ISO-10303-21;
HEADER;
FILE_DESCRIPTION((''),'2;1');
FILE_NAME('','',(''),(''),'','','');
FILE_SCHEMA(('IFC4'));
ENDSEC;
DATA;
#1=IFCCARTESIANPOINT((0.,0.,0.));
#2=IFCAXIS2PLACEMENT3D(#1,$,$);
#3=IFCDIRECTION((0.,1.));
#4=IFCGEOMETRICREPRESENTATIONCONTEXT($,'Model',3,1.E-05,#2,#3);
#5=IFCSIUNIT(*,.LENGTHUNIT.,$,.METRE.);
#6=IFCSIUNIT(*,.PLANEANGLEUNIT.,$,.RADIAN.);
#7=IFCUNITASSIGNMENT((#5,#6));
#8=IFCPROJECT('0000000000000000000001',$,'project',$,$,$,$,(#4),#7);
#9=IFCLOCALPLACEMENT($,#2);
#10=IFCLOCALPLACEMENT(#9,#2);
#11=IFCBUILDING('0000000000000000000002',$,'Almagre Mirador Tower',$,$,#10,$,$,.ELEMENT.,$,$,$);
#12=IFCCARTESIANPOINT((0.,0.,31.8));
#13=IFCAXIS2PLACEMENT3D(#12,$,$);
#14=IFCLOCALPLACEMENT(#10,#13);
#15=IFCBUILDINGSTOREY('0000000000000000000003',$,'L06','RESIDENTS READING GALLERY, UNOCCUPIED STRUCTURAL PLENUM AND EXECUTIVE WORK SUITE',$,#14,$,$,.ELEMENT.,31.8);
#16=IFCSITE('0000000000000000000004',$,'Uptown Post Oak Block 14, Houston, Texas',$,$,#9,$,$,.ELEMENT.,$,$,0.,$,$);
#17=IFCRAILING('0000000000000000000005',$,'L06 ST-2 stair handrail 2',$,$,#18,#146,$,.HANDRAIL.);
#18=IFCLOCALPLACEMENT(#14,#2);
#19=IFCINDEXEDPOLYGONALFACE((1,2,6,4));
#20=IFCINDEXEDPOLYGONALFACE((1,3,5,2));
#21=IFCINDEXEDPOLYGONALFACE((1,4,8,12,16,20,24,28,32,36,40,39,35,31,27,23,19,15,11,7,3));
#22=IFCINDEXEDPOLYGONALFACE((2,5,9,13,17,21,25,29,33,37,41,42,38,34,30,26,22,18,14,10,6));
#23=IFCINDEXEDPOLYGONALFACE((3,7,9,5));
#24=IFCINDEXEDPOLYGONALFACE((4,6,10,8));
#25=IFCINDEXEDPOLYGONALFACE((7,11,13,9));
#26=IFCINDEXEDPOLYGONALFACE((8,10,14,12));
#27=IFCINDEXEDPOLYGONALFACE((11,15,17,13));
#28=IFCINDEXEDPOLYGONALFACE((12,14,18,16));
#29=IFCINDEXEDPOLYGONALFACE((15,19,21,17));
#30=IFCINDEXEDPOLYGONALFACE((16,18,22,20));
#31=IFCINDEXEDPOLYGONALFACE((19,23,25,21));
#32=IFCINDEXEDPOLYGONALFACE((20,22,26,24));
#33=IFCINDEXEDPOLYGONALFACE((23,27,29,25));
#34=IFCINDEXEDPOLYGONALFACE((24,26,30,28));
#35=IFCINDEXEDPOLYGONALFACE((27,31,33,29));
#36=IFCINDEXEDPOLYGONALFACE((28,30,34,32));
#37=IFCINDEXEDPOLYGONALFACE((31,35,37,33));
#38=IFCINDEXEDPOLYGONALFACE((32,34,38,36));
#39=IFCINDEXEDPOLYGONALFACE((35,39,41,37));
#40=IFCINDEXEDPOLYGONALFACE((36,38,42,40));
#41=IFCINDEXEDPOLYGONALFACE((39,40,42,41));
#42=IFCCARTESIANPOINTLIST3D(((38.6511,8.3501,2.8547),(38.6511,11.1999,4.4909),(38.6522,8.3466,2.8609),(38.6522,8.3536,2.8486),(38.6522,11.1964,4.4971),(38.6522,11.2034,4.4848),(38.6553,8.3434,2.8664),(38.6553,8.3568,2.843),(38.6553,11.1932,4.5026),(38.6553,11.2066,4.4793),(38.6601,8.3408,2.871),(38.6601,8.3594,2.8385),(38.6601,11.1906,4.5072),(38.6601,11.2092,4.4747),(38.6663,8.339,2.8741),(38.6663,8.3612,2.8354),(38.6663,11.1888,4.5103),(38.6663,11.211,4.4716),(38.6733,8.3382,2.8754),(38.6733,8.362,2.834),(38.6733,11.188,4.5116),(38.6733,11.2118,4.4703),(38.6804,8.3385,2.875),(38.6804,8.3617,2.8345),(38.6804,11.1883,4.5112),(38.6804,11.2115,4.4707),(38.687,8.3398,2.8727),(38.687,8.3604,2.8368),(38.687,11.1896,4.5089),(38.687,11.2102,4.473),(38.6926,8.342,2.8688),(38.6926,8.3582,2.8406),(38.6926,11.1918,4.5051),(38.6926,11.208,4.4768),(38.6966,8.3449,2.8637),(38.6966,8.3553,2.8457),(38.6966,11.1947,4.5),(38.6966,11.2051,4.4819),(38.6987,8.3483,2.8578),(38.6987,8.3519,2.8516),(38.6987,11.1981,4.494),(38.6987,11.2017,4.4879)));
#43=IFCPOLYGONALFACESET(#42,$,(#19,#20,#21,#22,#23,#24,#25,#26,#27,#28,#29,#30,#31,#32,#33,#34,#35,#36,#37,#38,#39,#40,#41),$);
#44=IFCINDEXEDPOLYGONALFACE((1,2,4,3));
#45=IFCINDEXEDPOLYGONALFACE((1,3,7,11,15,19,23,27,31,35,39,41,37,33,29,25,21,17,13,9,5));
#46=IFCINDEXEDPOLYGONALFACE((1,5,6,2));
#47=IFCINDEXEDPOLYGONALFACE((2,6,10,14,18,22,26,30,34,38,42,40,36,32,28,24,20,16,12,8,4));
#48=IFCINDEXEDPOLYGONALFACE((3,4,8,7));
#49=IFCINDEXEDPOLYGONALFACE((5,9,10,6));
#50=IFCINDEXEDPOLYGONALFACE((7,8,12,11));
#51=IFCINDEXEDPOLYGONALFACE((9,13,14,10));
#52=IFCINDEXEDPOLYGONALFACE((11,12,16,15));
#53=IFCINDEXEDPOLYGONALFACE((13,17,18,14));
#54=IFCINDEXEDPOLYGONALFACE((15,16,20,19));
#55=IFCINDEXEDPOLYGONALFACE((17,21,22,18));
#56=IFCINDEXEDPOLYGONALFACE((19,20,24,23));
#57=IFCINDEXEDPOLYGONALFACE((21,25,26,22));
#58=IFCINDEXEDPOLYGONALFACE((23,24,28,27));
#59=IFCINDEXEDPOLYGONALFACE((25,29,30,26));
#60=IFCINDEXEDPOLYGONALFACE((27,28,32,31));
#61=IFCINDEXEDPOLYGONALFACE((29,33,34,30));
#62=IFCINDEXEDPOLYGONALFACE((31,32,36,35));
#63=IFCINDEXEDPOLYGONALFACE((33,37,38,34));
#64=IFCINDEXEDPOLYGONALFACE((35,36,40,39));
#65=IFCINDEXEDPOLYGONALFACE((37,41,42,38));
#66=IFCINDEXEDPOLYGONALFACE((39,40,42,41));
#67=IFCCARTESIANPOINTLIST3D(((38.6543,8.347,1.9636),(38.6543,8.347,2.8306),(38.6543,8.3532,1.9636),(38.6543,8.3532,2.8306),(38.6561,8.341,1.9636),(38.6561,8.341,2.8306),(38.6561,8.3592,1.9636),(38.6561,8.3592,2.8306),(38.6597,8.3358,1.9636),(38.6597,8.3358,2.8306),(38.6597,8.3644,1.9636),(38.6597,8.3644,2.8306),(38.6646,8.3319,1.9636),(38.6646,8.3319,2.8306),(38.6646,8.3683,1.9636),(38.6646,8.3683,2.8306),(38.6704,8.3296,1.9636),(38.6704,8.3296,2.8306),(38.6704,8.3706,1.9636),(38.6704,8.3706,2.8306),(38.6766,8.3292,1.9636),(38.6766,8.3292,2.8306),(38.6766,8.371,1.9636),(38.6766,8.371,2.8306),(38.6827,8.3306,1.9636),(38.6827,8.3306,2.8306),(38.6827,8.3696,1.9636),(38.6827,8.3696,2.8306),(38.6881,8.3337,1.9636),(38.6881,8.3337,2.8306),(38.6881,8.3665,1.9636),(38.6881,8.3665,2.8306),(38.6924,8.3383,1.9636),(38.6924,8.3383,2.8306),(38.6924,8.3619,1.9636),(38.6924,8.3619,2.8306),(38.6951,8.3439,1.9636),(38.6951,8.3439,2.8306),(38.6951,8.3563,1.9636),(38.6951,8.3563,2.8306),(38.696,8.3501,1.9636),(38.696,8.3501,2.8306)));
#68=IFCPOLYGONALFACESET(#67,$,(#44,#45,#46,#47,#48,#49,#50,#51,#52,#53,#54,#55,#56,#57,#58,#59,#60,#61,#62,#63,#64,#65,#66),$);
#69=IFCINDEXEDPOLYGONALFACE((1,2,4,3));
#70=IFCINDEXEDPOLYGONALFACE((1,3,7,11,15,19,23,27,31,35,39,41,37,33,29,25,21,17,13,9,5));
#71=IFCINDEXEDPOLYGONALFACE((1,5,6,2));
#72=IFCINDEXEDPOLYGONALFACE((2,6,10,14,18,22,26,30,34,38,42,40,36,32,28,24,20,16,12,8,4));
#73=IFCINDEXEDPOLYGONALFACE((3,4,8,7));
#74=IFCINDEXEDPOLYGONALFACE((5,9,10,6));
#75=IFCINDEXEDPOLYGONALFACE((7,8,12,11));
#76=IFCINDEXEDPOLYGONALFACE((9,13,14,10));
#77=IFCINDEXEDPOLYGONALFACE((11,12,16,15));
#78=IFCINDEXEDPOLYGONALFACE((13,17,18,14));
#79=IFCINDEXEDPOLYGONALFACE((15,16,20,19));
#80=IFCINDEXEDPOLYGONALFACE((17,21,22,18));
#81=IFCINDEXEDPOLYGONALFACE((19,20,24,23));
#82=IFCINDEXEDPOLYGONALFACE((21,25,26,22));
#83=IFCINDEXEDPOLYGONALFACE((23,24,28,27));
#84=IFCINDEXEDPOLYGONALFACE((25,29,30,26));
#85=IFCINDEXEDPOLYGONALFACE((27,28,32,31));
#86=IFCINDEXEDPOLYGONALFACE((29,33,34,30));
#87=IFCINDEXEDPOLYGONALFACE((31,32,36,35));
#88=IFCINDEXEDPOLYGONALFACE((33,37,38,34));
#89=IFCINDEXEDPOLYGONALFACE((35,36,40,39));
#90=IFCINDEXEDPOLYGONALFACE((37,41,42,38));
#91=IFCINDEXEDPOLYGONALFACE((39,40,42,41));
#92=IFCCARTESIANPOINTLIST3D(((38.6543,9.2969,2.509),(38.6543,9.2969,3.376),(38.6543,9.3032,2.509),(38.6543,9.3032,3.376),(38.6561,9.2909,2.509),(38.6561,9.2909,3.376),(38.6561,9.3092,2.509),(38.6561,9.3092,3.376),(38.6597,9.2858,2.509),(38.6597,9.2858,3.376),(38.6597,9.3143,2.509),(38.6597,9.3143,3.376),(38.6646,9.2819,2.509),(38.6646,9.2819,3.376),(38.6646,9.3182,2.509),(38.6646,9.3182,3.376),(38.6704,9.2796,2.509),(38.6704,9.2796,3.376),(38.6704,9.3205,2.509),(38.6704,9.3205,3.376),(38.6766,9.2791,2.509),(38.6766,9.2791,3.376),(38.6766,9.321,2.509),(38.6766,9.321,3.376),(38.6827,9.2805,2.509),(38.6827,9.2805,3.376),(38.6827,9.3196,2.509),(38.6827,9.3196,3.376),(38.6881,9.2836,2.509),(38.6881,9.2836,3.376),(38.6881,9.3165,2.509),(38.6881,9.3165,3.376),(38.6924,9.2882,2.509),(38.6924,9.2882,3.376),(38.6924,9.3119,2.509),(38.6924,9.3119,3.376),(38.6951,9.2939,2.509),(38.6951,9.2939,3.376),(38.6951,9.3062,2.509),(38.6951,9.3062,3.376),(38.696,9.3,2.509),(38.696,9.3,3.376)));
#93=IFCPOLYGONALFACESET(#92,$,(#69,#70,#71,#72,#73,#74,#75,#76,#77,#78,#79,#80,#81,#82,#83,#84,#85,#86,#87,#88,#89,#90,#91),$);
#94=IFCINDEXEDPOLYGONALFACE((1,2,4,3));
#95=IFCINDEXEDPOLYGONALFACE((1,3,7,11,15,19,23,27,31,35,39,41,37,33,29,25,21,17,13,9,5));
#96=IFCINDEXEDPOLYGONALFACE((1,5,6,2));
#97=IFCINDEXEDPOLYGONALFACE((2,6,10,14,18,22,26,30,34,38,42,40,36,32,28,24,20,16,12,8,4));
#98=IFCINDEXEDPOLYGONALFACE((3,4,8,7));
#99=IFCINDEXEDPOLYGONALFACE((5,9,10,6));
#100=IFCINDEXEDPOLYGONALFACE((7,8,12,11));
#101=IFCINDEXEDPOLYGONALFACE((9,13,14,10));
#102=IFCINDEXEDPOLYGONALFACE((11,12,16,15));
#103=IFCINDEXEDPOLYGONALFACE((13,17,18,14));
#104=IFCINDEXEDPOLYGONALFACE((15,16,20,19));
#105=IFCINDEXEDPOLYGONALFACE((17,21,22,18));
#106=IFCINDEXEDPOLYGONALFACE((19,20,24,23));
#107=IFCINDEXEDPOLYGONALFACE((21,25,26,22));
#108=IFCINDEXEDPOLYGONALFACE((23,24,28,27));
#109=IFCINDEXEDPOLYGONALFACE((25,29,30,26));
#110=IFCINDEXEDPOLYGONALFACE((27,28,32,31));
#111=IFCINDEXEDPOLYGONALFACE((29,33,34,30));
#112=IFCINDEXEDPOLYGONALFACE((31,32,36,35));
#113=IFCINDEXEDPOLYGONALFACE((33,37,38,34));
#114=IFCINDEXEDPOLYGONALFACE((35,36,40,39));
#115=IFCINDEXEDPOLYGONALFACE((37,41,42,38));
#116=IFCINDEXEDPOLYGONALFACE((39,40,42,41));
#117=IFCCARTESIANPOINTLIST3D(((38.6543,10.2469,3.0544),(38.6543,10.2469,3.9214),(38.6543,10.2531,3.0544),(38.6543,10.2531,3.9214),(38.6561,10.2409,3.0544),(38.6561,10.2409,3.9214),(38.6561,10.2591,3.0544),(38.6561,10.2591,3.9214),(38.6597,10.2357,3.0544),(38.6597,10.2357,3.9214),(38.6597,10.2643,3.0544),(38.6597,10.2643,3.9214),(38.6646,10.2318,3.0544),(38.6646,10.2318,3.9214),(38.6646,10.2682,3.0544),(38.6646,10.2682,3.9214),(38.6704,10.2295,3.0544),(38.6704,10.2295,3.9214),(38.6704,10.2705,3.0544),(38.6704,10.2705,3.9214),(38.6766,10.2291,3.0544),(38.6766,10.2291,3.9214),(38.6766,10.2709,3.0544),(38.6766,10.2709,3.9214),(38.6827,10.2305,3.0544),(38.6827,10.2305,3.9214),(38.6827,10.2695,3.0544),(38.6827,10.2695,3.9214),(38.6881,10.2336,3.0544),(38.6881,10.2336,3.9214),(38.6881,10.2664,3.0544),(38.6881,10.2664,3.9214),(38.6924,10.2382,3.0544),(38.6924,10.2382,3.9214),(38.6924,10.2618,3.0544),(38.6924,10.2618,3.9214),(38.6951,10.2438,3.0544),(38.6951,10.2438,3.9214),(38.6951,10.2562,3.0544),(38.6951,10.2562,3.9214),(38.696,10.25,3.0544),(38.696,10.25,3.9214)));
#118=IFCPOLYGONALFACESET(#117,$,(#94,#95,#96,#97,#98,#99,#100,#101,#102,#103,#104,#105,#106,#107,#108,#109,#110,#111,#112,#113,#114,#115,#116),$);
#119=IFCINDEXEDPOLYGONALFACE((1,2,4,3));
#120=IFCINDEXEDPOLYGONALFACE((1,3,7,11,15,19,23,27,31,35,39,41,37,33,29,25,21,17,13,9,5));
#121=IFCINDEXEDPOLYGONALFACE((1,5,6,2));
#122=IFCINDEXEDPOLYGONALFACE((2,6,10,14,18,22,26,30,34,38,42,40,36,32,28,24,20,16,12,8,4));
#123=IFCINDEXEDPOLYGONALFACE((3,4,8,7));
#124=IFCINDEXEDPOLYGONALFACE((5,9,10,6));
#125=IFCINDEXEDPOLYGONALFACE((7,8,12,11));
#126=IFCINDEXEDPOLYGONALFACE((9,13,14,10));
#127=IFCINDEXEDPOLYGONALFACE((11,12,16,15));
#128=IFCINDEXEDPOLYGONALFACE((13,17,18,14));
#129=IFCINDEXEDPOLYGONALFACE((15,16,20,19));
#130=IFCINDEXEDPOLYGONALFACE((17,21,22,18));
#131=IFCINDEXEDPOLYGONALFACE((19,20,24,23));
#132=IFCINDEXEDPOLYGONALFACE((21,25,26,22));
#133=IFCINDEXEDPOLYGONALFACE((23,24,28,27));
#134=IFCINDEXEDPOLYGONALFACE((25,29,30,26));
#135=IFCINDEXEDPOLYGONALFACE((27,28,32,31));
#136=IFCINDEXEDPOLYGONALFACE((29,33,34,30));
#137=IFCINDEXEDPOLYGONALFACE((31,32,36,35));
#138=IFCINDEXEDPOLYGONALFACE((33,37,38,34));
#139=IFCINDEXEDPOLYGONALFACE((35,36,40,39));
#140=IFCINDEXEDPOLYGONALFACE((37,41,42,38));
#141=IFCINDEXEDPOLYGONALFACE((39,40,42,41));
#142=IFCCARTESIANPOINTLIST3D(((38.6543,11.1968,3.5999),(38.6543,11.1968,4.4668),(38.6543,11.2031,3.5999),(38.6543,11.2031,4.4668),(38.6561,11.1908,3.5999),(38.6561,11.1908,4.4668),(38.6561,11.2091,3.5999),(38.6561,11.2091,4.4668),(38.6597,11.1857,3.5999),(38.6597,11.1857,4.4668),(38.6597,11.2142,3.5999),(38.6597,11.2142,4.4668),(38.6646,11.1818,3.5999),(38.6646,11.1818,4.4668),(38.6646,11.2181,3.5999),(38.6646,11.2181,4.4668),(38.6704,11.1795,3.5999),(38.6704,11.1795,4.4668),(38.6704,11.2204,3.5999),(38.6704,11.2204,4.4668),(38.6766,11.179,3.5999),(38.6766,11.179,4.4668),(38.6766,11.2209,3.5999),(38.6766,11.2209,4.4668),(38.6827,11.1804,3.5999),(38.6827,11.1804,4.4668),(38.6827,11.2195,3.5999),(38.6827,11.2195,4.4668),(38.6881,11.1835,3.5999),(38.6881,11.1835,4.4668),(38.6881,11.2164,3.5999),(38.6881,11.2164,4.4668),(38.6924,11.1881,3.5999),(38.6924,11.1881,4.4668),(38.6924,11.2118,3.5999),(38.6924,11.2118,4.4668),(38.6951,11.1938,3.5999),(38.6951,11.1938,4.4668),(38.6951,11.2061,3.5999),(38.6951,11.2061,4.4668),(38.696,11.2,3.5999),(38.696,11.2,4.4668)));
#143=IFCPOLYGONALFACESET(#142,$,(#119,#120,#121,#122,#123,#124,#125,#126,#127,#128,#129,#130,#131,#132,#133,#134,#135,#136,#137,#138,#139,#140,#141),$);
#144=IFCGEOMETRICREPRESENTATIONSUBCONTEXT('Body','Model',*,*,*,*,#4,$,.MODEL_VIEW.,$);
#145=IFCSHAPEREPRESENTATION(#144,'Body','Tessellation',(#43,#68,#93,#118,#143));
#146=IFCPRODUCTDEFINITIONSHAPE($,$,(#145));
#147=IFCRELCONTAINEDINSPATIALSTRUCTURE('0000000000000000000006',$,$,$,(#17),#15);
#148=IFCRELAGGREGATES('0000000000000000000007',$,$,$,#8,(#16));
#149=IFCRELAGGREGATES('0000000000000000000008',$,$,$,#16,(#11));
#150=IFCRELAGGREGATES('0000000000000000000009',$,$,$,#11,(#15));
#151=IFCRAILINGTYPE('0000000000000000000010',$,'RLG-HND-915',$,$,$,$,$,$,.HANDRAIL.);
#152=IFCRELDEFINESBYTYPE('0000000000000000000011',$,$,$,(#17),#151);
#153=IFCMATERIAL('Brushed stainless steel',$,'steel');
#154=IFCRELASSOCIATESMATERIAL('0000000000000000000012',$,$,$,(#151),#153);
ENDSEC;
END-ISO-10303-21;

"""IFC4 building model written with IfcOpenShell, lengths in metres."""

from ifc_helpers import new_model, si_unit, direction, frame, origin, origin_2d, place, context, subcontext, project, spatial, circle, extrude, material, type_object, element, save


model = new_model("IFC4")

# Units and contexts
model_context = context("Model", 3, precision=1e-05, world=origin(), true_north=direction((0.0, 1.0)))
body_context = subcontext(model_context, "Body", "Model", "MODEL_VIEW")
ifc_project = project(units=[si_unit("LENGTHUNIT", "METRE"), si_unit("PLANEANGLEUNIT", "RADIAN")], contexts=[model_context])

# Site, building, storey
site_placement = place(None, origin())
site = spatial("IfcSite", under=ifc_project, at=site_placement, Name="Uptown Post Oak Block 14, Houston, Texas", CompositionType="ELEMENT", RefElevation=0.0)
building_placement = place(site_placement, origin())
building = spatial("IfcBuilding", under=site, at=building_placement, Name="Almagre Mirador Tower", CompositionType="ELEMENT")
storey_placement = place(building_placement, frame((0.0, 0.0, 31.8)))
storey = spatial("IfcBuildingStorey", under=building, at=storey_placement, Name="L06", Description="RESIDENTS READING GALLERY, UNOCCUPIED STRUCTURAL PLENUM AND EXECUTIVE WORK SUITE", CompositionType="ELEMENT", Elevation=31.8)

# Railing
ifc_material_1 = material(Name="Brushed stainless steel", Category="steel")
railing_type_1 = type_object("IfcRailingType", Name="RLG-HND-915", PredefinedType="HANDRAIL", material=ifc_material_1)
railing_1_placement = place(storey_placement, frame((38.675, 8.3501, 1.9636)))
element("IfcRailing", 1, at=railing_1_placement, inside=storey, type_object=railing_type_1, Name="L06 ST-2 stair handrail 2", PredefinedType="HANDRAIL", context=body_context, shape_type="SweptSolid", body=[
    extrude(circle(Radius=0.0239, at=origin_2d()), frame((0.0, 0.0, 0.8911), z_axis=(0.0, 0.867226, 0.497914), x_axis=(-1.0, 0.0, 0.0)), (0.0, 0.0, 1.0), 3.2861),
    extrude(circle(Radius=0.021, at=origin_2d()), origin(), (0.0, 0.0, 1.0), 0.8669),
    extrude(circle(Radius=0.021, at=origin_2d()), frame((0.0, 0.95, 0.5454)), (0.0, 0.0, 1.0), 0.8669),
    extrude(circle(Radius=0.021, at=origin_2d()), frame((0.0, 1.8999, 1.0908)), (0.0, 0.0, 1.0), 0.8669),
    extrude(circle(Radius=0.021, at=origin_2d()), frame((0.0, 2.8499, 1.6362)), (0.0, 0.0, 1.0), 0.8669),
])

save(model, "model.ifc")
